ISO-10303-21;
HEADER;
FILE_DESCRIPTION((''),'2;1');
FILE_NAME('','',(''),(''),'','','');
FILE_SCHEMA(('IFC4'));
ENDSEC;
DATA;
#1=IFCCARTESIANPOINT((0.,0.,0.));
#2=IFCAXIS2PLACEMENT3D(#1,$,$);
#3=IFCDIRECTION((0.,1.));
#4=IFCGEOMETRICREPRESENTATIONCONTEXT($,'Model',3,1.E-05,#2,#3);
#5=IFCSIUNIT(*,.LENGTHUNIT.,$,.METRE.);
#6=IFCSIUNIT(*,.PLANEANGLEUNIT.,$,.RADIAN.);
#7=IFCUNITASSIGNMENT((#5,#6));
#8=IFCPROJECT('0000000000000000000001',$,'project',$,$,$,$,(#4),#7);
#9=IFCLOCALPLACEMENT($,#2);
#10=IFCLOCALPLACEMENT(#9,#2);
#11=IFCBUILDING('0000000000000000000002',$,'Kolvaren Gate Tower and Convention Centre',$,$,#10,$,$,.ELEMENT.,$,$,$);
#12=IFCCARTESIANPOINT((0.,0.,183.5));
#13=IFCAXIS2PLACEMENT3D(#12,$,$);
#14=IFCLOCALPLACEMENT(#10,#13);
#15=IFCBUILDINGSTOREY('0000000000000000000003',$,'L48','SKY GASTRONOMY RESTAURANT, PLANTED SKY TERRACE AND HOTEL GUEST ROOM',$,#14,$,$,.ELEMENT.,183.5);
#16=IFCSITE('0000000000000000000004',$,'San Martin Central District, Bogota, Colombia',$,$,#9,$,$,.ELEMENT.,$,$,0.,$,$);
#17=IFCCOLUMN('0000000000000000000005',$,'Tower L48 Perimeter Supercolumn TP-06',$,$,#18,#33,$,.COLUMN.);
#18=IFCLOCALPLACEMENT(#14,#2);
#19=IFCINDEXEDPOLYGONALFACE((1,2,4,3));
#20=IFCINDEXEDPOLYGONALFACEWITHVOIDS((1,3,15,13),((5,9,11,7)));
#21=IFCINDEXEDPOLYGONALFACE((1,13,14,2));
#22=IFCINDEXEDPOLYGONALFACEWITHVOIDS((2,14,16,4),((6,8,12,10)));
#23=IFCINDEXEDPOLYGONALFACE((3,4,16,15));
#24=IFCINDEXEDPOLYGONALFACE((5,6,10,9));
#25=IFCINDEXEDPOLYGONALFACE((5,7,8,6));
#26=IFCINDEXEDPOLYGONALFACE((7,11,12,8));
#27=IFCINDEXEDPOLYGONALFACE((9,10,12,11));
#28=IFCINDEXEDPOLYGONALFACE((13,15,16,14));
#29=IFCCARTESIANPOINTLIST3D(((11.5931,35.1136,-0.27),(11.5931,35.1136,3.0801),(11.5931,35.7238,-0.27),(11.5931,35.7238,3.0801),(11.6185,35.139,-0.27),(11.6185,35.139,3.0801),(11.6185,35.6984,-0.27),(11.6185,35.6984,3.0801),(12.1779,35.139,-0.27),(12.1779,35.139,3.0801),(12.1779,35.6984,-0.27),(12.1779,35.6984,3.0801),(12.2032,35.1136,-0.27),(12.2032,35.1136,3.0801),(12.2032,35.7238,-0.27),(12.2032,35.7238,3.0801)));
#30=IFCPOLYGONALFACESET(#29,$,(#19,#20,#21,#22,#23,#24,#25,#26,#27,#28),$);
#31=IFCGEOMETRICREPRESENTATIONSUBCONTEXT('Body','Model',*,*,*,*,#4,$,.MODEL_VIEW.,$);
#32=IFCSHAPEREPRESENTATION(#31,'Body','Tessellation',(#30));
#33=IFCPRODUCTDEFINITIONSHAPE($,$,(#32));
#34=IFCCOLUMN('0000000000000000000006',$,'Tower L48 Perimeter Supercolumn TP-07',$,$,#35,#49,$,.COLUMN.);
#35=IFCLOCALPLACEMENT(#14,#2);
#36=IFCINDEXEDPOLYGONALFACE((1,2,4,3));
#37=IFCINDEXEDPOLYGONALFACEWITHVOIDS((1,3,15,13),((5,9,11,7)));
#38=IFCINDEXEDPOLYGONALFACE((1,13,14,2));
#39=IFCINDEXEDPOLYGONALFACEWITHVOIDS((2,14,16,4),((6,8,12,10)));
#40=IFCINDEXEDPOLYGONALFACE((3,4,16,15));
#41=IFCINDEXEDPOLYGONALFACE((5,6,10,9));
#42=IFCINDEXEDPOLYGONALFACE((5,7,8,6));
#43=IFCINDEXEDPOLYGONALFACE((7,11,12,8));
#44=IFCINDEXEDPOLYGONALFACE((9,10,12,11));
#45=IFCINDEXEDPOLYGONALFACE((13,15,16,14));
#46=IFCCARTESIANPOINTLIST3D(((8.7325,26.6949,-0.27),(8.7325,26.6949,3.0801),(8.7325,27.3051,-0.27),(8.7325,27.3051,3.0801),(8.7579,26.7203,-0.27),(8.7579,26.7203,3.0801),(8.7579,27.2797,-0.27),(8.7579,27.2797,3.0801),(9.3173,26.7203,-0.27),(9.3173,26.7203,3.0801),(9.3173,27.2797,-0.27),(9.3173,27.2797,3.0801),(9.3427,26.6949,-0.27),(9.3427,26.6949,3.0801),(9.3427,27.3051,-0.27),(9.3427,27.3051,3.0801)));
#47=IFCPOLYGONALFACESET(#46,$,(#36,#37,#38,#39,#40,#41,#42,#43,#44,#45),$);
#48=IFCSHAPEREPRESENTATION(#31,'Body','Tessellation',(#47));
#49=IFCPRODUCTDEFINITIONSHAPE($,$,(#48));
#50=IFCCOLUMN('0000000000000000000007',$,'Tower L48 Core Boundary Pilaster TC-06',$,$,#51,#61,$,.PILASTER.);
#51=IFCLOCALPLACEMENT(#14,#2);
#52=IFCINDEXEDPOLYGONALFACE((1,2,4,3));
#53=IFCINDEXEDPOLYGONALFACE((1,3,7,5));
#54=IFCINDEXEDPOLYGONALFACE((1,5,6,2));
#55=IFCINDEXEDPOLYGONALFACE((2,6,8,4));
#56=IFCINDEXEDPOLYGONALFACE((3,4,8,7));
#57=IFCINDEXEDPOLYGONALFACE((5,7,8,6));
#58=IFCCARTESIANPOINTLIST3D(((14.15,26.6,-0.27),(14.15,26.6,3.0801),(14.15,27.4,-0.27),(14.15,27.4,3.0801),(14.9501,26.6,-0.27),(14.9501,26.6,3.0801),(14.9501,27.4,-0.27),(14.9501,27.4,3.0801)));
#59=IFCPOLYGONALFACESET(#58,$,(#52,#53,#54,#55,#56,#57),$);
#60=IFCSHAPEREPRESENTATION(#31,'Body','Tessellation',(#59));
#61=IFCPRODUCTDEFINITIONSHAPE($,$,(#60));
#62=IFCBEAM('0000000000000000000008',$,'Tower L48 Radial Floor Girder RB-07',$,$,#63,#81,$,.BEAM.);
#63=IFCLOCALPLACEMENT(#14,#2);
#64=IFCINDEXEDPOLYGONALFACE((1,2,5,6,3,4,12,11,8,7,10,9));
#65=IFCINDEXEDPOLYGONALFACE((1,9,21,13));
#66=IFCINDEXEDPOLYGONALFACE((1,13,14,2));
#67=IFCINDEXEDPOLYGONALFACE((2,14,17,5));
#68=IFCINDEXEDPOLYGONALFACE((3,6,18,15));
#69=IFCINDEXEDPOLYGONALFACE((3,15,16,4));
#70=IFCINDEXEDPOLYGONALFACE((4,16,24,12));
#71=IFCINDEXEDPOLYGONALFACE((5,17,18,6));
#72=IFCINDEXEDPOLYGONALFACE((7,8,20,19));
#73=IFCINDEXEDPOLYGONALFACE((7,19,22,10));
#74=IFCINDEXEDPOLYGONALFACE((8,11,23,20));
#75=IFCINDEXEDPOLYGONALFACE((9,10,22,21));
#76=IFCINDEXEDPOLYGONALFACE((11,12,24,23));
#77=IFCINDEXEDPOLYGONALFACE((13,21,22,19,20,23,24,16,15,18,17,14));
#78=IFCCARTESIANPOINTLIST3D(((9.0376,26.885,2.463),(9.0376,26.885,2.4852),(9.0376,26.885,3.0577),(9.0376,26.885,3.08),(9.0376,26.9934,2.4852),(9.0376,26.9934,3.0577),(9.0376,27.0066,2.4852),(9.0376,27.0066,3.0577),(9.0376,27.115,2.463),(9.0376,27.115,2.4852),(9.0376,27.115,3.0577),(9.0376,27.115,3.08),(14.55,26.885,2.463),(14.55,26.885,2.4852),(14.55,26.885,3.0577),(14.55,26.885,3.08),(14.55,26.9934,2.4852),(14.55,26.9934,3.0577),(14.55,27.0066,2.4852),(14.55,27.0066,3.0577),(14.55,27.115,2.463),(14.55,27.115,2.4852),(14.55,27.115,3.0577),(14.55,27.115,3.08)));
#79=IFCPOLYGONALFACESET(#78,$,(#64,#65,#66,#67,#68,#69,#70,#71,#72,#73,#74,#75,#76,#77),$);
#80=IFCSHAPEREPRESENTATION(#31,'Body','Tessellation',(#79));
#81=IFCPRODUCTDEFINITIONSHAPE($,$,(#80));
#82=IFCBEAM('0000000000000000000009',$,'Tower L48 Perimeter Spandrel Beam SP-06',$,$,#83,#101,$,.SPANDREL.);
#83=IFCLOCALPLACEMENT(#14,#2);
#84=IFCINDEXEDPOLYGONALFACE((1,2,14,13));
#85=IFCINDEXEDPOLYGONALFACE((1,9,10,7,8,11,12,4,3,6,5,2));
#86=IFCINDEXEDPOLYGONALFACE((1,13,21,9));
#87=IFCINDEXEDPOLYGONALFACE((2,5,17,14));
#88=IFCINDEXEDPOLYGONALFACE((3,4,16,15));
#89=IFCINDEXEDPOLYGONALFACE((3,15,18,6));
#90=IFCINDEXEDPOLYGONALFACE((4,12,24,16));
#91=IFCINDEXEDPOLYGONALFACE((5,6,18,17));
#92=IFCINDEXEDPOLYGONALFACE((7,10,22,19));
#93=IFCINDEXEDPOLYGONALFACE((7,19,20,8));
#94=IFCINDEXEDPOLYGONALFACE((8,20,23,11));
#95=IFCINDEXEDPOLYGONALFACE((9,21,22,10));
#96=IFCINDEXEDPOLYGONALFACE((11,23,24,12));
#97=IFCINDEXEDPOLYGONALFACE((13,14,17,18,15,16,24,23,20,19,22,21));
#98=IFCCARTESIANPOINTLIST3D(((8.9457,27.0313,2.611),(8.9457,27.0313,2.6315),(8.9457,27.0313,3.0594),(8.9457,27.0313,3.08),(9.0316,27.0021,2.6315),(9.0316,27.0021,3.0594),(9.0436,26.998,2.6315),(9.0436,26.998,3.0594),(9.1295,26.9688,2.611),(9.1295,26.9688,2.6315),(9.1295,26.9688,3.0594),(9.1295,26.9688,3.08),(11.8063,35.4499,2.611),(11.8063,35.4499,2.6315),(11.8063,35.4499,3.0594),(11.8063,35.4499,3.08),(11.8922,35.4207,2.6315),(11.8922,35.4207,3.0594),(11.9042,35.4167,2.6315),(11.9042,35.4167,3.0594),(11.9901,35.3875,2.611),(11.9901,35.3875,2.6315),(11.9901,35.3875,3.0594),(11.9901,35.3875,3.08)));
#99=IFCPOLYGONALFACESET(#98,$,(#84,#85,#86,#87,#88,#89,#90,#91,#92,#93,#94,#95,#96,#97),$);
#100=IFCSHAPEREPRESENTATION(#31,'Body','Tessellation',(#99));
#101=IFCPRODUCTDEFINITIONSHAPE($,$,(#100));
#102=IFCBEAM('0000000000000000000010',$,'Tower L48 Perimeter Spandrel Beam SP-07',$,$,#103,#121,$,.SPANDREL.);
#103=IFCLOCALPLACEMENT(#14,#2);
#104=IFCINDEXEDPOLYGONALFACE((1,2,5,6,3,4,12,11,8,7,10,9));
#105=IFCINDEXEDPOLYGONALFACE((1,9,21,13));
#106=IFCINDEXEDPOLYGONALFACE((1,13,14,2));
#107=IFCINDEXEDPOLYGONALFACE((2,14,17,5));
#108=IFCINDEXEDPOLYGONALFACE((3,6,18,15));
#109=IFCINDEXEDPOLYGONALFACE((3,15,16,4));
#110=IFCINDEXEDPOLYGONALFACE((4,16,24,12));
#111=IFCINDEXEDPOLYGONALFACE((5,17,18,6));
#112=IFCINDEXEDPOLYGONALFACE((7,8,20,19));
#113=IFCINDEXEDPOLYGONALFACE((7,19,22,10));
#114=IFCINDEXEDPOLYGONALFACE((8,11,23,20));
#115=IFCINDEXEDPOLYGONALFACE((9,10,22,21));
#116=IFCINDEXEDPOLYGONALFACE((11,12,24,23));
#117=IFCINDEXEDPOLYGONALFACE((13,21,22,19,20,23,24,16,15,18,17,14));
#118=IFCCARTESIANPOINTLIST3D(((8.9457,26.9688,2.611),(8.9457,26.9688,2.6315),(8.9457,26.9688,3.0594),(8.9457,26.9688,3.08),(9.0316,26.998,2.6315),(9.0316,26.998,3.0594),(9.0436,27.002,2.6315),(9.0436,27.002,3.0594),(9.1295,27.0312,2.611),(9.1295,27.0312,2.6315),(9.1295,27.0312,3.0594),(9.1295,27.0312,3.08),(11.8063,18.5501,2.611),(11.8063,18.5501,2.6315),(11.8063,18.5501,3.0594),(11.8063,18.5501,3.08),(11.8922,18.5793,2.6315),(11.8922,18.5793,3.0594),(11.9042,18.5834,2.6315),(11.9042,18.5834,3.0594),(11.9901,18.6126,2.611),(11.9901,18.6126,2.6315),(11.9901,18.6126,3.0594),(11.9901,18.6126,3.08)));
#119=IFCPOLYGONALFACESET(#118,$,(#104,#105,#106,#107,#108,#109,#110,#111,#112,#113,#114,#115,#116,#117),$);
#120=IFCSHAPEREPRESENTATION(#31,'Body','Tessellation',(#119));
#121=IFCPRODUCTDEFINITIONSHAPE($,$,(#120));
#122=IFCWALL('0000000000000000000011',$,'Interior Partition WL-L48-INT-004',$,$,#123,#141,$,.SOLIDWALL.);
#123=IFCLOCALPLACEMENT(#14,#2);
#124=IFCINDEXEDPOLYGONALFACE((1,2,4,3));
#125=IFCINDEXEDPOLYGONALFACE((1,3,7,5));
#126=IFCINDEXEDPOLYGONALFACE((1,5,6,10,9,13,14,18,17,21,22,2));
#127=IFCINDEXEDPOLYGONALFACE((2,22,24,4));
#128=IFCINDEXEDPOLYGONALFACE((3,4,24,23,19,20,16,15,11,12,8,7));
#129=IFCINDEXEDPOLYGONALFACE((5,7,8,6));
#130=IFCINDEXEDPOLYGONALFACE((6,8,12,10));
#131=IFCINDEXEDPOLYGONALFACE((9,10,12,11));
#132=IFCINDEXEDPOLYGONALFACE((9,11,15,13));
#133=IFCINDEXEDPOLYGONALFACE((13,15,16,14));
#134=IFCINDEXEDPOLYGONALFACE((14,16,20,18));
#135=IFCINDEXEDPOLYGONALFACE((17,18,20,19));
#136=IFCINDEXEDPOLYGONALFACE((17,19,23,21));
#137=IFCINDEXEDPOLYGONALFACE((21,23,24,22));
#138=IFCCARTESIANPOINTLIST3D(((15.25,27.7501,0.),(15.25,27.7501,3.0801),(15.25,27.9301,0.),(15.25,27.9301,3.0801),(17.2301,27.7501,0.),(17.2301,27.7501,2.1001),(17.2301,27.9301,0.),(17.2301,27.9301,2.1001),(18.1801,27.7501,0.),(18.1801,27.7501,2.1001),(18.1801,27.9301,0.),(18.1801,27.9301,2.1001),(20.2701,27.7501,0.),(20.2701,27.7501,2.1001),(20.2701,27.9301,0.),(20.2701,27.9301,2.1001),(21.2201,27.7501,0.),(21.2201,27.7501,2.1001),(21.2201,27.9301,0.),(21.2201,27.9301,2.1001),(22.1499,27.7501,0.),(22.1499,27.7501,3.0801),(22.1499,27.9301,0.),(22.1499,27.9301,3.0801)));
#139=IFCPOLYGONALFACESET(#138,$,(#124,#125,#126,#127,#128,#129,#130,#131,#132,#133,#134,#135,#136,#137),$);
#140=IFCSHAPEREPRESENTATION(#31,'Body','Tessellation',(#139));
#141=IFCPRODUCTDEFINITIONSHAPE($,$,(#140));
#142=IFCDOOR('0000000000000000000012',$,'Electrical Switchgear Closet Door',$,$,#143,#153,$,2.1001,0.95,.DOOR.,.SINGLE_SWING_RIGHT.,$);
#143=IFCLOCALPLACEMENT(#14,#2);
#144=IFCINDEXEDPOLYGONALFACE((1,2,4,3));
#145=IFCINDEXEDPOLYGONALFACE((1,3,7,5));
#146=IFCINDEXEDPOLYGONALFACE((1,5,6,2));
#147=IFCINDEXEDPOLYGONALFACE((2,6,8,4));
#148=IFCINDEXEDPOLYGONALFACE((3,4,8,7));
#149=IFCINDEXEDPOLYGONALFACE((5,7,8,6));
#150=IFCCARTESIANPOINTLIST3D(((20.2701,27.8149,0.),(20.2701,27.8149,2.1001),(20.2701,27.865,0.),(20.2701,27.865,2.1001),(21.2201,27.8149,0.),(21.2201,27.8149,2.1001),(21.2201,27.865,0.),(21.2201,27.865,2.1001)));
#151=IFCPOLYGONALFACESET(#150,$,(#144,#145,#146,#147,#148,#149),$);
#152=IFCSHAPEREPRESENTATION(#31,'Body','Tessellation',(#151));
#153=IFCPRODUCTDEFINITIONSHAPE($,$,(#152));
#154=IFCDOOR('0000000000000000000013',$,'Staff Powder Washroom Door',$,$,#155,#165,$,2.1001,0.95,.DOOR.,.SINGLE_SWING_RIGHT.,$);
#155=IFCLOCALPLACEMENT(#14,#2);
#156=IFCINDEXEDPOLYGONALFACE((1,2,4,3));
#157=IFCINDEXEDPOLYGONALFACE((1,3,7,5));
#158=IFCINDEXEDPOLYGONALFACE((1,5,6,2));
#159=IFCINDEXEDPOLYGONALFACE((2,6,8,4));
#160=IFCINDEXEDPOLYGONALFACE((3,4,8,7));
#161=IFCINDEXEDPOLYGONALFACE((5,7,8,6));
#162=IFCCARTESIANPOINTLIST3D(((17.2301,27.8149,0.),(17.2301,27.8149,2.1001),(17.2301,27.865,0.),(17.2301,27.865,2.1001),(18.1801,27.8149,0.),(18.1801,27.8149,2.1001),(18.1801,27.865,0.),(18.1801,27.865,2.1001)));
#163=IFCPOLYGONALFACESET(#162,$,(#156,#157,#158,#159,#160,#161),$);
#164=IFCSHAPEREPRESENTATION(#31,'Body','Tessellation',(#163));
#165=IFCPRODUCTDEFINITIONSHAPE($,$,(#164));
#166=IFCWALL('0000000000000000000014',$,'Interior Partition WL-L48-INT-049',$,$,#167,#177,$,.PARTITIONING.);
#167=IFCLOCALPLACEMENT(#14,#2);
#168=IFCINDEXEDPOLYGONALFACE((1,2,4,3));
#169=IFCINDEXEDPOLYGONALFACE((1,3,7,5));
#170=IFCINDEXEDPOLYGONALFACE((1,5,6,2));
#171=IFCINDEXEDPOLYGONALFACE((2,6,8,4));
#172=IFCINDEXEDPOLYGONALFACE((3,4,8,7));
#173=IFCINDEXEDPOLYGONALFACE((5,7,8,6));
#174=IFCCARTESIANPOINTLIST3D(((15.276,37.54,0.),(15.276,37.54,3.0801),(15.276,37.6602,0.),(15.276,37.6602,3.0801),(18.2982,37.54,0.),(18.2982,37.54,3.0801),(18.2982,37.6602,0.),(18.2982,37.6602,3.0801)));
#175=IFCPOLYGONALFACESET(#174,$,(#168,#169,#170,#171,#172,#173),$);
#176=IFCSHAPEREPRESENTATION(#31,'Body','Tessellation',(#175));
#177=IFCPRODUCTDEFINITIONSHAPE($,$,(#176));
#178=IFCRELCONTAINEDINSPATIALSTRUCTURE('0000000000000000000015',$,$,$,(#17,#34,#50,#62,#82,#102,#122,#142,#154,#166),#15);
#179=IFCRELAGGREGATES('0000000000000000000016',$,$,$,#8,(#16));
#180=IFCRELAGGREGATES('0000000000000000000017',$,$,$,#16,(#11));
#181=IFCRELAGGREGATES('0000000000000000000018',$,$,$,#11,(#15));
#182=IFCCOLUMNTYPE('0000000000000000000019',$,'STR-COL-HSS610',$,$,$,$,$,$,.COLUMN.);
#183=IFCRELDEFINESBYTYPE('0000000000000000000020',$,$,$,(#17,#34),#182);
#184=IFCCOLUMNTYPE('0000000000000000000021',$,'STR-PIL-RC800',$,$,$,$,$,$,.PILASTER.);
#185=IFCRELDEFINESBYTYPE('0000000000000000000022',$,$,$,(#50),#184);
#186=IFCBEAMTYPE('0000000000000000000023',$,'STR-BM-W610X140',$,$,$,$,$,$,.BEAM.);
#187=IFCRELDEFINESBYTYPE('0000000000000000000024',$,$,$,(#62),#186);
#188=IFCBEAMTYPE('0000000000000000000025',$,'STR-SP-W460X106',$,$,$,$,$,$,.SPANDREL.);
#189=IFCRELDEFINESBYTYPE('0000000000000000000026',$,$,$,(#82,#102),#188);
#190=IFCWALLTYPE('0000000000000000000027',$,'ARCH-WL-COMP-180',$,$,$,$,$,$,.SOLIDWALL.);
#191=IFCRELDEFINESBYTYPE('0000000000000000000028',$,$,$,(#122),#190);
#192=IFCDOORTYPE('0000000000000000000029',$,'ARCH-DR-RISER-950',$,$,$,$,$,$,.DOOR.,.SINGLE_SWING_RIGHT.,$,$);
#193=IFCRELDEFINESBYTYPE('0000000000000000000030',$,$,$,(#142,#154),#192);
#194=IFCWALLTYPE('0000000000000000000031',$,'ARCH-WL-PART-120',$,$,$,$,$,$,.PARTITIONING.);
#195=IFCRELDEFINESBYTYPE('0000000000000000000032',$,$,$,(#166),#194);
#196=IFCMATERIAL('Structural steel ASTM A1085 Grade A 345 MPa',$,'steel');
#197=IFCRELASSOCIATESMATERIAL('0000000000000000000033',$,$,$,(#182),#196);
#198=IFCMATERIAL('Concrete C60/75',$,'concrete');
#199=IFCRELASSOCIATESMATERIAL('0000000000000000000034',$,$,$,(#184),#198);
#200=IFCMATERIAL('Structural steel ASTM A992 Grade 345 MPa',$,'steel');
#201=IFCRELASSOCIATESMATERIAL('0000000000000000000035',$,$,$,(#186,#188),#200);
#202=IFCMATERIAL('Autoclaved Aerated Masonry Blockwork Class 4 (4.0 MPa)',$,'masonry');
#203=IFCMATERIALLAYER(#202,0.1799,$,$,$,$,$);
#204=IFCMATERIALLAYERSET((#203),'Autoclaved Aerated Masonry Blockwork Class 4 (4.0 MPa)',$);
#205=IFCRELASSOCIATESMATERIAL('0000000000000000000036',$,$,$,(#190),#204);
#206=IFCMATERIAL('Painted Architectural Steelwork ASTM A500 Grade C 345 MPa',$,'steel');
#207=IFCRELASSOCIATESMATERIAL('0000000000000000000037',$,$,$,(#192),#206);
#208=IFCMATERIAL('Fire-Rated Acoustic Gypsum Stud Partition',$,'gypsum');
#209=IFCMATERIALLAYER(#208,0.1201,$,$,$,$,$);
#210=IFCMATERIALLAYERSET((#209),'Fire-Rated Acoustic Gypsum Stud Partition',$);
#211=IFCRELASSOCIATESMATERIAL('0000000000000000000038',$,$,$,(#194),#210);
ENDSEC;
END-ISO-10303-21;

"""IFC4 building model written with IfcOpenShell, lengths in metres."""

from ifc_helpers import new_model, si_unit, direction, frame, frame_2d, origin, origin_2d, place, context, subcontext, project, spatial, rectangle, hollow_rectangle, i_section, extrude, material, layer, layer_set, material_profile, profile_set, type_object, element, fill, save


model = new_model("IFC4")

# Units and contexts
model_context = context("Model", 3, precision=1e-05, world=origin(), true_north=direction((0.0, 1.0)))
body_context = subcontext(model_context, "Body", "Model", "MODEL_VIEW")
ifc_project = project(units=[si_unit("LENGTHUNIT", "METRE"), si_unit("PLANEANGLEUNIT", "RADIAN")], contexts=[model_context])

# Site, building, storey
site_placement = place(None, origin())
site = spatial("IfcSite", under=ifc_project, at=site_placement, Name="San Martin Central District, Bogota, Colombia", CompositionType="ELEMENT", RefElevation=0.0)
building_placement = place(site_placement, origin())
building = spatial("IfcBuilding", under=site, at=building_placement, Name="Kolvaren Gate Tower and Convention Centre", CompositionType="ELEMENT")
storey_placement = place(building_placement, frame((0.0, 0.0, 183.5)))
storey = spatial("IfcBuildingStorey", under=building, at=storey_placement, Name="L48", Description="SKY GASTRONOMY RESTAURANT, PLANTED SKY TERRACE AND HOTEL GUEST ROOM", CompositionType="ELEMENT", Elevation=183.5)

# Columns
ifc_material_1 = material(Name="Structural steel ASTM A1085 Grade A 345 MPa", Category="steel")
ifc_material_profile_1 = material_profile(ifc_material_1, hollow_rectangle(XDim=0.6101, YDim=0.6101, WallThickness=0.0254, at=origin_2d()), Name="HSS610X610X25.4")
ifc_profile_set_1 = profile_set([ifc_material_profile_1], Name="Structural steel ASTM A1085 Grade A 345 MPa")
column_type_1 = type_object("IfcColumnType", Name="STR-COL-HSS610", PredefinedType="COLUMN", material=ifc_profile_set_1)
for number, where, z_axis, x_axis, name in (
    (1, (11.8982, 35.4187, -0.27), (0.0, 0.0, 1.0), (1.0, 0.0, 0.0), "Tower L48 Perimeter Supercolumn TP-06"),
    (2, (9.0376, 27.0, -0.27), (0.0, 0.0, 1.0), (1.0, 0.0, 0.0), "Tower L48 Perimeter Supercolumn TP-07"),
):
    element("IfcColumn", number, at=place(storey_placement, frame(where, z_axis=z_axis, x_axis=x_axis)), inside=storey, type_object=column_type_1, Name=name, PredefinedType="COLUMN", context=body_context, shape_type="SweptSolid", body=[
        extrude(hollow_rectangle(XDim=0.6101, YDim=0.6101, WallThickness=0.0254, at=origin_2d()), origin(), (0.0, 0.0, 1.0), 3.3501),
    ])
ifc_material_2 = material(Name="Concrete C60/75", Category="concrete")
ifc_material_profile_2 = material_profile(ifc_material_2, rectangle(XDim=0.8, YDim=0.8, at=origin_2d()), Name="RC-COL-800X800")
ifc_profile_set_2 = profile_set([ifc_material_profile_2], Name="Concrete C60/75")
column_type_2 = type_object("IfcColumnType", Name="STR-PIL-RC800", PredefinedType="PILASTER", material=ifc_profile_set_2)
column_placement = place(storey_placement, frame((14.55, 27.0, -0.27), z_axis=(0.0, 0.0, 1.0), x_axis=(1.0, 0.0, 0.0)))
element("IfcColumn", 3, at=column_placement, inside=storey, type_object=column_type_2, Name="Tower L48 Core Boundary Pilaster TC-06", PredefinedType="PILASTER", context=body_context, shape_type="SweptSolid", body=[
    extrude(rectangle(XDim=0.8, YDim=0.8, at=origin_2d()), origin(), (0.0, 0.0, 1.0), 3.3501),
])

# Beams
ifc_material_3 = material(Name="Structural steel ASTM A992 Grade 345 MPa", Category="steel")
ifc_material_profile_3 = material_profile(ifc_material_3, i_section(OverallWidth=0.23, OverallDepth=0.6169, WebThickness=0.0132, FlangeThickness=0.0222, at=origin_2d()), Name="W610X140")
ifc_profile_set_3 = profile_set([ifc_material_profile_3], Name="Structural steel ASTM A992 Grade 345 MPa")
beam_type_1 = type_object("IfcBeamType", Name="STR-BM-W610X140", PredefinedType="BEAM", material=ifc_profile_set_3)
beam_placement = place(storey_placement, frame((14.55, 27.0, 2.7715), z_axis=(-1.0, 0.0, 0.0), x_axis=(0.0, -1.0, 0.0)))
element("IfcBeam", 4, at=beam_placement, inside=storey, type_object=beam_type_1, Name="Tower L48 Radial Floor Girder RB-07", PredefinedType="BEAM", context=body_context, shape_type="SweptSolid", body=[
    extrude(i_section(OverallWidth=0.23, OverallDepth=0.6169, WebThickness=0.0132, FlangeThickness=0.0222, at=origin_2d()), origin(), (0.0, 0.0, 1.0), 5.5125),
])
ifc_material_profile_4 = material_profile(ifc_material_3, i_section(OverallWidth=0.1941, OverallDepth=0.469, WebThickness=0.0127, FlangeThickness=0.0205, at=origin_2d()), Name="W460X106")
ifc_profile_set_4 = profile_set([ifc_material_profile_4], Name="Structural steel ASTM A992 Grade 345 MPa")
beam_type_2 = type_object("IfcBeamType", Name="STR-SP-W460X106", PredefinedType="SPANDREL", material=ifc_profile_set_4)
for number, where, z_axis, x_axis, name in (
    (5, (11.8982, 35.4187, 2.8455), (-0.321725, -0.946833, 0.0), (0.946833, -0.321725, 0.0), "Tower L48 Perimeter Spandrel Beam SP-06"),
    (6, (9.0376, 27.0, 2.8455), (0.321725, -0.946833, 0.0), (0.946833, 0.321725, 0.0), "Tower L48 Perimeter Spandrel Beam SP-07"),
):
    element("IfcBeam", number, at=place(storey_placement, frame(where, z_axis=z_axis, x_axis=x_axis)), inside=storey, type_object=beam_type_2, Name=name, PredefinedType="SPANDREL", context=body_context, shape_type="SweptSolid", body=[
        extrude(i_section(OverallWidth=0.1941, OverallDepth=0.469, WebThickness=0.0127, FlangeThickness=0.0205, at=origin_2d()), origin(), (0.0, 0.0, 1.0), 8.8914),
    ])

# Wall, openings, doors
ifc_material_4 = material(Name="Autoclaved Aerated Masonry Blockwork Class 4 (4.0 MPa)", Category="masonry")
ifc_layer_1 = layer(ifc_material_4, 0.1799)
ifc_layer_set_1 = layer_set([ifc_layer_1], Name="Autoclaved Aerated Masonry Blockwork Class 4 (4.0 MPa)")
wall_type_1 = type_object("IfcWallType", Name="ARCH-WL-COMP-180", PredefinedType="SOLIDWALL", material=ifc_layer_set_1)
wall_1_placement = place(storey_placement, frame((15.25, 27.8401, 0.0), z_axis=(0.0, 0.0, 1.0), x_axis=(1.0, 0.0, 0.0)))
wall_1 = element("IfcWall", 7, at=wall_1_placement, inside=storey, type_object=wall_type_1, Name="Interior Partition WL-L48-INT-004", PredefinedType="SOLIDWALL", context=body_context, shape_type="SweptSolid", body=[
    extrude(rectangle(XDim=6.8999, YDim=0.1799, at=frame_2d((3.45, 0.0))), origin(), (0.0, 0.0, 1.0), 3.0801),
])
opening_1_placement = place(wall_1_placement, frame((5.02, 0.0, 0.0)))
opening_1 = element("IfcOpeningElement", 8, at=opening_1_placement, cuts=wall_1, PredefinedType="OPENING", context=body_context, shape_type="SweptSolid", body=[
    extrude(rectangle(XDim=0.95, YDim=2.1001, at=frame_2d((0.4751, 1.05))), frame((0.0, 0.0999, 0.0), z_axis=(0.0, -1.0, 0.0), x_axis=(1.0, 0.0, 0.0)), (0.0, 0.0, 1.0), 0.2),
])
opening_2_placement = place(wall_1_placement, frame((1.98, 0.0, 0.0)))
opening_2 = element("IfcOpeningElement", 9, at=opening_2_placement, cuts=wall_1, PredefinedType="OPENING", context=body_context, shape_type="SweptSolid", body=[
    extrude(rectangle(XDim=0.95, YDim=2.1001, at=frame_2d((0.4751, 1.05))), frame((0.0, 0.0999, 0.0), z_axis=(0.0, -1.0, 0.0), x_axis=(1.0, 0.0, 0.0)), (0.0, 0.0, 1.0), 0.2),
])
ifc_material_5 = material(Name="Painted Architectural Steelwork ASTM A500 Grade C 345 MPa", Category="steel")
door_type_1 = type_object("IfcDoorType", Name="ARCH-DR-RISER-950", OperationType="SINGLE_SWING_RIGHT", PredefinedType="DOOR", material=ifc_material_5)
door_1_placement = place(opening_1_placement, origin())
door_1 = element("IfcDoor", 10, at=door_1_placement, inside=storey, type_object=door_type_1, Name="Electrical Switchgear Closet Door", OperationType="SINGLE_SWING_RIGHT", OverallHeight=2.1001, OverallWidth=0.95, PredefinedType="DOOR", context=body_context, shape_type="SweptSolid", body=[
    extrude(rectangle(XDim=0.95, YDim=2.1001, at=frame_2d((0.4751, 1.05))), frame((0.0, 0.0249, 0.0), z_axis=(0.0, -1.0, 0.0), x_axis=(1.0, 0.0, 0.0)), (0.0, 0.0, 1.0), 0.05),
])
fill(opening_1, door_1)
door_2_placement = place(opening_2_placement, origin())
door_2 = element("IfcDoor", 11, at=door_2_placement, inside=storey, type_object=door_type_1, Name="Staff Powder Washroom Door", OperationType="SINGLE_SWING_RIGHT", OverallHeight=2.1001, OverallWidth=0.95, PredefinedType="DOOR", context=body_context, shape_type="SweptSolid", body=[
    extrude(rectangle(XDim=0.95, YDim=2.1001, at=frame_2d((0.4751, 1.05))), frame((0.0, 0.0249, 0.0), z_axis=(0.0, -1.0, 0.0), x_axis=(1.0, 0.0, 0.0)), (0.0, 0.0, 1.0), 0.05),
])
fill(opening_2, door_2)

# Wall
ifc_material_6 = material(Name="Fire-Rated Acoustic Gypsum Stud Partition", Category="gypsum")
ifc_layer_2 = layer(ifc_material_6, 0.1201)
ifc_layer_set_2 = layer_set([ifc_layer_2], Name="Fire-Rated Acoustic Gypsum Stud Partition")
wall_type_2 = type_object("IfcWallType", Name="ARCH-WL-PART-120", PredefinedType="PARTITIONING", material=ifc_layer_set_2)
wall_2_placement = place(storey_placement, frame((15.2759, 37.6001, 0.0), z_axis=(0.0, 0.0, 1.0), x_axis=(1.0, 0.0, 0.0)))
element("IfcWall", 12, at=wall_2_placement, inside=storey, type_object=wall_type_2, Name="Interior Partition WL-L48-INT-049", PredefinedType="PARTITIONING", context=body_context, shape_type="SweptSolid", body=[
    extrude(rectangle(XDim=3.0222, YDim=0.1201, at=frame_2d((1.5112, 0.0))), origin(), (0.0, 0.0, 1.0), 3.0801),
])

save(model, "model.ifc")
